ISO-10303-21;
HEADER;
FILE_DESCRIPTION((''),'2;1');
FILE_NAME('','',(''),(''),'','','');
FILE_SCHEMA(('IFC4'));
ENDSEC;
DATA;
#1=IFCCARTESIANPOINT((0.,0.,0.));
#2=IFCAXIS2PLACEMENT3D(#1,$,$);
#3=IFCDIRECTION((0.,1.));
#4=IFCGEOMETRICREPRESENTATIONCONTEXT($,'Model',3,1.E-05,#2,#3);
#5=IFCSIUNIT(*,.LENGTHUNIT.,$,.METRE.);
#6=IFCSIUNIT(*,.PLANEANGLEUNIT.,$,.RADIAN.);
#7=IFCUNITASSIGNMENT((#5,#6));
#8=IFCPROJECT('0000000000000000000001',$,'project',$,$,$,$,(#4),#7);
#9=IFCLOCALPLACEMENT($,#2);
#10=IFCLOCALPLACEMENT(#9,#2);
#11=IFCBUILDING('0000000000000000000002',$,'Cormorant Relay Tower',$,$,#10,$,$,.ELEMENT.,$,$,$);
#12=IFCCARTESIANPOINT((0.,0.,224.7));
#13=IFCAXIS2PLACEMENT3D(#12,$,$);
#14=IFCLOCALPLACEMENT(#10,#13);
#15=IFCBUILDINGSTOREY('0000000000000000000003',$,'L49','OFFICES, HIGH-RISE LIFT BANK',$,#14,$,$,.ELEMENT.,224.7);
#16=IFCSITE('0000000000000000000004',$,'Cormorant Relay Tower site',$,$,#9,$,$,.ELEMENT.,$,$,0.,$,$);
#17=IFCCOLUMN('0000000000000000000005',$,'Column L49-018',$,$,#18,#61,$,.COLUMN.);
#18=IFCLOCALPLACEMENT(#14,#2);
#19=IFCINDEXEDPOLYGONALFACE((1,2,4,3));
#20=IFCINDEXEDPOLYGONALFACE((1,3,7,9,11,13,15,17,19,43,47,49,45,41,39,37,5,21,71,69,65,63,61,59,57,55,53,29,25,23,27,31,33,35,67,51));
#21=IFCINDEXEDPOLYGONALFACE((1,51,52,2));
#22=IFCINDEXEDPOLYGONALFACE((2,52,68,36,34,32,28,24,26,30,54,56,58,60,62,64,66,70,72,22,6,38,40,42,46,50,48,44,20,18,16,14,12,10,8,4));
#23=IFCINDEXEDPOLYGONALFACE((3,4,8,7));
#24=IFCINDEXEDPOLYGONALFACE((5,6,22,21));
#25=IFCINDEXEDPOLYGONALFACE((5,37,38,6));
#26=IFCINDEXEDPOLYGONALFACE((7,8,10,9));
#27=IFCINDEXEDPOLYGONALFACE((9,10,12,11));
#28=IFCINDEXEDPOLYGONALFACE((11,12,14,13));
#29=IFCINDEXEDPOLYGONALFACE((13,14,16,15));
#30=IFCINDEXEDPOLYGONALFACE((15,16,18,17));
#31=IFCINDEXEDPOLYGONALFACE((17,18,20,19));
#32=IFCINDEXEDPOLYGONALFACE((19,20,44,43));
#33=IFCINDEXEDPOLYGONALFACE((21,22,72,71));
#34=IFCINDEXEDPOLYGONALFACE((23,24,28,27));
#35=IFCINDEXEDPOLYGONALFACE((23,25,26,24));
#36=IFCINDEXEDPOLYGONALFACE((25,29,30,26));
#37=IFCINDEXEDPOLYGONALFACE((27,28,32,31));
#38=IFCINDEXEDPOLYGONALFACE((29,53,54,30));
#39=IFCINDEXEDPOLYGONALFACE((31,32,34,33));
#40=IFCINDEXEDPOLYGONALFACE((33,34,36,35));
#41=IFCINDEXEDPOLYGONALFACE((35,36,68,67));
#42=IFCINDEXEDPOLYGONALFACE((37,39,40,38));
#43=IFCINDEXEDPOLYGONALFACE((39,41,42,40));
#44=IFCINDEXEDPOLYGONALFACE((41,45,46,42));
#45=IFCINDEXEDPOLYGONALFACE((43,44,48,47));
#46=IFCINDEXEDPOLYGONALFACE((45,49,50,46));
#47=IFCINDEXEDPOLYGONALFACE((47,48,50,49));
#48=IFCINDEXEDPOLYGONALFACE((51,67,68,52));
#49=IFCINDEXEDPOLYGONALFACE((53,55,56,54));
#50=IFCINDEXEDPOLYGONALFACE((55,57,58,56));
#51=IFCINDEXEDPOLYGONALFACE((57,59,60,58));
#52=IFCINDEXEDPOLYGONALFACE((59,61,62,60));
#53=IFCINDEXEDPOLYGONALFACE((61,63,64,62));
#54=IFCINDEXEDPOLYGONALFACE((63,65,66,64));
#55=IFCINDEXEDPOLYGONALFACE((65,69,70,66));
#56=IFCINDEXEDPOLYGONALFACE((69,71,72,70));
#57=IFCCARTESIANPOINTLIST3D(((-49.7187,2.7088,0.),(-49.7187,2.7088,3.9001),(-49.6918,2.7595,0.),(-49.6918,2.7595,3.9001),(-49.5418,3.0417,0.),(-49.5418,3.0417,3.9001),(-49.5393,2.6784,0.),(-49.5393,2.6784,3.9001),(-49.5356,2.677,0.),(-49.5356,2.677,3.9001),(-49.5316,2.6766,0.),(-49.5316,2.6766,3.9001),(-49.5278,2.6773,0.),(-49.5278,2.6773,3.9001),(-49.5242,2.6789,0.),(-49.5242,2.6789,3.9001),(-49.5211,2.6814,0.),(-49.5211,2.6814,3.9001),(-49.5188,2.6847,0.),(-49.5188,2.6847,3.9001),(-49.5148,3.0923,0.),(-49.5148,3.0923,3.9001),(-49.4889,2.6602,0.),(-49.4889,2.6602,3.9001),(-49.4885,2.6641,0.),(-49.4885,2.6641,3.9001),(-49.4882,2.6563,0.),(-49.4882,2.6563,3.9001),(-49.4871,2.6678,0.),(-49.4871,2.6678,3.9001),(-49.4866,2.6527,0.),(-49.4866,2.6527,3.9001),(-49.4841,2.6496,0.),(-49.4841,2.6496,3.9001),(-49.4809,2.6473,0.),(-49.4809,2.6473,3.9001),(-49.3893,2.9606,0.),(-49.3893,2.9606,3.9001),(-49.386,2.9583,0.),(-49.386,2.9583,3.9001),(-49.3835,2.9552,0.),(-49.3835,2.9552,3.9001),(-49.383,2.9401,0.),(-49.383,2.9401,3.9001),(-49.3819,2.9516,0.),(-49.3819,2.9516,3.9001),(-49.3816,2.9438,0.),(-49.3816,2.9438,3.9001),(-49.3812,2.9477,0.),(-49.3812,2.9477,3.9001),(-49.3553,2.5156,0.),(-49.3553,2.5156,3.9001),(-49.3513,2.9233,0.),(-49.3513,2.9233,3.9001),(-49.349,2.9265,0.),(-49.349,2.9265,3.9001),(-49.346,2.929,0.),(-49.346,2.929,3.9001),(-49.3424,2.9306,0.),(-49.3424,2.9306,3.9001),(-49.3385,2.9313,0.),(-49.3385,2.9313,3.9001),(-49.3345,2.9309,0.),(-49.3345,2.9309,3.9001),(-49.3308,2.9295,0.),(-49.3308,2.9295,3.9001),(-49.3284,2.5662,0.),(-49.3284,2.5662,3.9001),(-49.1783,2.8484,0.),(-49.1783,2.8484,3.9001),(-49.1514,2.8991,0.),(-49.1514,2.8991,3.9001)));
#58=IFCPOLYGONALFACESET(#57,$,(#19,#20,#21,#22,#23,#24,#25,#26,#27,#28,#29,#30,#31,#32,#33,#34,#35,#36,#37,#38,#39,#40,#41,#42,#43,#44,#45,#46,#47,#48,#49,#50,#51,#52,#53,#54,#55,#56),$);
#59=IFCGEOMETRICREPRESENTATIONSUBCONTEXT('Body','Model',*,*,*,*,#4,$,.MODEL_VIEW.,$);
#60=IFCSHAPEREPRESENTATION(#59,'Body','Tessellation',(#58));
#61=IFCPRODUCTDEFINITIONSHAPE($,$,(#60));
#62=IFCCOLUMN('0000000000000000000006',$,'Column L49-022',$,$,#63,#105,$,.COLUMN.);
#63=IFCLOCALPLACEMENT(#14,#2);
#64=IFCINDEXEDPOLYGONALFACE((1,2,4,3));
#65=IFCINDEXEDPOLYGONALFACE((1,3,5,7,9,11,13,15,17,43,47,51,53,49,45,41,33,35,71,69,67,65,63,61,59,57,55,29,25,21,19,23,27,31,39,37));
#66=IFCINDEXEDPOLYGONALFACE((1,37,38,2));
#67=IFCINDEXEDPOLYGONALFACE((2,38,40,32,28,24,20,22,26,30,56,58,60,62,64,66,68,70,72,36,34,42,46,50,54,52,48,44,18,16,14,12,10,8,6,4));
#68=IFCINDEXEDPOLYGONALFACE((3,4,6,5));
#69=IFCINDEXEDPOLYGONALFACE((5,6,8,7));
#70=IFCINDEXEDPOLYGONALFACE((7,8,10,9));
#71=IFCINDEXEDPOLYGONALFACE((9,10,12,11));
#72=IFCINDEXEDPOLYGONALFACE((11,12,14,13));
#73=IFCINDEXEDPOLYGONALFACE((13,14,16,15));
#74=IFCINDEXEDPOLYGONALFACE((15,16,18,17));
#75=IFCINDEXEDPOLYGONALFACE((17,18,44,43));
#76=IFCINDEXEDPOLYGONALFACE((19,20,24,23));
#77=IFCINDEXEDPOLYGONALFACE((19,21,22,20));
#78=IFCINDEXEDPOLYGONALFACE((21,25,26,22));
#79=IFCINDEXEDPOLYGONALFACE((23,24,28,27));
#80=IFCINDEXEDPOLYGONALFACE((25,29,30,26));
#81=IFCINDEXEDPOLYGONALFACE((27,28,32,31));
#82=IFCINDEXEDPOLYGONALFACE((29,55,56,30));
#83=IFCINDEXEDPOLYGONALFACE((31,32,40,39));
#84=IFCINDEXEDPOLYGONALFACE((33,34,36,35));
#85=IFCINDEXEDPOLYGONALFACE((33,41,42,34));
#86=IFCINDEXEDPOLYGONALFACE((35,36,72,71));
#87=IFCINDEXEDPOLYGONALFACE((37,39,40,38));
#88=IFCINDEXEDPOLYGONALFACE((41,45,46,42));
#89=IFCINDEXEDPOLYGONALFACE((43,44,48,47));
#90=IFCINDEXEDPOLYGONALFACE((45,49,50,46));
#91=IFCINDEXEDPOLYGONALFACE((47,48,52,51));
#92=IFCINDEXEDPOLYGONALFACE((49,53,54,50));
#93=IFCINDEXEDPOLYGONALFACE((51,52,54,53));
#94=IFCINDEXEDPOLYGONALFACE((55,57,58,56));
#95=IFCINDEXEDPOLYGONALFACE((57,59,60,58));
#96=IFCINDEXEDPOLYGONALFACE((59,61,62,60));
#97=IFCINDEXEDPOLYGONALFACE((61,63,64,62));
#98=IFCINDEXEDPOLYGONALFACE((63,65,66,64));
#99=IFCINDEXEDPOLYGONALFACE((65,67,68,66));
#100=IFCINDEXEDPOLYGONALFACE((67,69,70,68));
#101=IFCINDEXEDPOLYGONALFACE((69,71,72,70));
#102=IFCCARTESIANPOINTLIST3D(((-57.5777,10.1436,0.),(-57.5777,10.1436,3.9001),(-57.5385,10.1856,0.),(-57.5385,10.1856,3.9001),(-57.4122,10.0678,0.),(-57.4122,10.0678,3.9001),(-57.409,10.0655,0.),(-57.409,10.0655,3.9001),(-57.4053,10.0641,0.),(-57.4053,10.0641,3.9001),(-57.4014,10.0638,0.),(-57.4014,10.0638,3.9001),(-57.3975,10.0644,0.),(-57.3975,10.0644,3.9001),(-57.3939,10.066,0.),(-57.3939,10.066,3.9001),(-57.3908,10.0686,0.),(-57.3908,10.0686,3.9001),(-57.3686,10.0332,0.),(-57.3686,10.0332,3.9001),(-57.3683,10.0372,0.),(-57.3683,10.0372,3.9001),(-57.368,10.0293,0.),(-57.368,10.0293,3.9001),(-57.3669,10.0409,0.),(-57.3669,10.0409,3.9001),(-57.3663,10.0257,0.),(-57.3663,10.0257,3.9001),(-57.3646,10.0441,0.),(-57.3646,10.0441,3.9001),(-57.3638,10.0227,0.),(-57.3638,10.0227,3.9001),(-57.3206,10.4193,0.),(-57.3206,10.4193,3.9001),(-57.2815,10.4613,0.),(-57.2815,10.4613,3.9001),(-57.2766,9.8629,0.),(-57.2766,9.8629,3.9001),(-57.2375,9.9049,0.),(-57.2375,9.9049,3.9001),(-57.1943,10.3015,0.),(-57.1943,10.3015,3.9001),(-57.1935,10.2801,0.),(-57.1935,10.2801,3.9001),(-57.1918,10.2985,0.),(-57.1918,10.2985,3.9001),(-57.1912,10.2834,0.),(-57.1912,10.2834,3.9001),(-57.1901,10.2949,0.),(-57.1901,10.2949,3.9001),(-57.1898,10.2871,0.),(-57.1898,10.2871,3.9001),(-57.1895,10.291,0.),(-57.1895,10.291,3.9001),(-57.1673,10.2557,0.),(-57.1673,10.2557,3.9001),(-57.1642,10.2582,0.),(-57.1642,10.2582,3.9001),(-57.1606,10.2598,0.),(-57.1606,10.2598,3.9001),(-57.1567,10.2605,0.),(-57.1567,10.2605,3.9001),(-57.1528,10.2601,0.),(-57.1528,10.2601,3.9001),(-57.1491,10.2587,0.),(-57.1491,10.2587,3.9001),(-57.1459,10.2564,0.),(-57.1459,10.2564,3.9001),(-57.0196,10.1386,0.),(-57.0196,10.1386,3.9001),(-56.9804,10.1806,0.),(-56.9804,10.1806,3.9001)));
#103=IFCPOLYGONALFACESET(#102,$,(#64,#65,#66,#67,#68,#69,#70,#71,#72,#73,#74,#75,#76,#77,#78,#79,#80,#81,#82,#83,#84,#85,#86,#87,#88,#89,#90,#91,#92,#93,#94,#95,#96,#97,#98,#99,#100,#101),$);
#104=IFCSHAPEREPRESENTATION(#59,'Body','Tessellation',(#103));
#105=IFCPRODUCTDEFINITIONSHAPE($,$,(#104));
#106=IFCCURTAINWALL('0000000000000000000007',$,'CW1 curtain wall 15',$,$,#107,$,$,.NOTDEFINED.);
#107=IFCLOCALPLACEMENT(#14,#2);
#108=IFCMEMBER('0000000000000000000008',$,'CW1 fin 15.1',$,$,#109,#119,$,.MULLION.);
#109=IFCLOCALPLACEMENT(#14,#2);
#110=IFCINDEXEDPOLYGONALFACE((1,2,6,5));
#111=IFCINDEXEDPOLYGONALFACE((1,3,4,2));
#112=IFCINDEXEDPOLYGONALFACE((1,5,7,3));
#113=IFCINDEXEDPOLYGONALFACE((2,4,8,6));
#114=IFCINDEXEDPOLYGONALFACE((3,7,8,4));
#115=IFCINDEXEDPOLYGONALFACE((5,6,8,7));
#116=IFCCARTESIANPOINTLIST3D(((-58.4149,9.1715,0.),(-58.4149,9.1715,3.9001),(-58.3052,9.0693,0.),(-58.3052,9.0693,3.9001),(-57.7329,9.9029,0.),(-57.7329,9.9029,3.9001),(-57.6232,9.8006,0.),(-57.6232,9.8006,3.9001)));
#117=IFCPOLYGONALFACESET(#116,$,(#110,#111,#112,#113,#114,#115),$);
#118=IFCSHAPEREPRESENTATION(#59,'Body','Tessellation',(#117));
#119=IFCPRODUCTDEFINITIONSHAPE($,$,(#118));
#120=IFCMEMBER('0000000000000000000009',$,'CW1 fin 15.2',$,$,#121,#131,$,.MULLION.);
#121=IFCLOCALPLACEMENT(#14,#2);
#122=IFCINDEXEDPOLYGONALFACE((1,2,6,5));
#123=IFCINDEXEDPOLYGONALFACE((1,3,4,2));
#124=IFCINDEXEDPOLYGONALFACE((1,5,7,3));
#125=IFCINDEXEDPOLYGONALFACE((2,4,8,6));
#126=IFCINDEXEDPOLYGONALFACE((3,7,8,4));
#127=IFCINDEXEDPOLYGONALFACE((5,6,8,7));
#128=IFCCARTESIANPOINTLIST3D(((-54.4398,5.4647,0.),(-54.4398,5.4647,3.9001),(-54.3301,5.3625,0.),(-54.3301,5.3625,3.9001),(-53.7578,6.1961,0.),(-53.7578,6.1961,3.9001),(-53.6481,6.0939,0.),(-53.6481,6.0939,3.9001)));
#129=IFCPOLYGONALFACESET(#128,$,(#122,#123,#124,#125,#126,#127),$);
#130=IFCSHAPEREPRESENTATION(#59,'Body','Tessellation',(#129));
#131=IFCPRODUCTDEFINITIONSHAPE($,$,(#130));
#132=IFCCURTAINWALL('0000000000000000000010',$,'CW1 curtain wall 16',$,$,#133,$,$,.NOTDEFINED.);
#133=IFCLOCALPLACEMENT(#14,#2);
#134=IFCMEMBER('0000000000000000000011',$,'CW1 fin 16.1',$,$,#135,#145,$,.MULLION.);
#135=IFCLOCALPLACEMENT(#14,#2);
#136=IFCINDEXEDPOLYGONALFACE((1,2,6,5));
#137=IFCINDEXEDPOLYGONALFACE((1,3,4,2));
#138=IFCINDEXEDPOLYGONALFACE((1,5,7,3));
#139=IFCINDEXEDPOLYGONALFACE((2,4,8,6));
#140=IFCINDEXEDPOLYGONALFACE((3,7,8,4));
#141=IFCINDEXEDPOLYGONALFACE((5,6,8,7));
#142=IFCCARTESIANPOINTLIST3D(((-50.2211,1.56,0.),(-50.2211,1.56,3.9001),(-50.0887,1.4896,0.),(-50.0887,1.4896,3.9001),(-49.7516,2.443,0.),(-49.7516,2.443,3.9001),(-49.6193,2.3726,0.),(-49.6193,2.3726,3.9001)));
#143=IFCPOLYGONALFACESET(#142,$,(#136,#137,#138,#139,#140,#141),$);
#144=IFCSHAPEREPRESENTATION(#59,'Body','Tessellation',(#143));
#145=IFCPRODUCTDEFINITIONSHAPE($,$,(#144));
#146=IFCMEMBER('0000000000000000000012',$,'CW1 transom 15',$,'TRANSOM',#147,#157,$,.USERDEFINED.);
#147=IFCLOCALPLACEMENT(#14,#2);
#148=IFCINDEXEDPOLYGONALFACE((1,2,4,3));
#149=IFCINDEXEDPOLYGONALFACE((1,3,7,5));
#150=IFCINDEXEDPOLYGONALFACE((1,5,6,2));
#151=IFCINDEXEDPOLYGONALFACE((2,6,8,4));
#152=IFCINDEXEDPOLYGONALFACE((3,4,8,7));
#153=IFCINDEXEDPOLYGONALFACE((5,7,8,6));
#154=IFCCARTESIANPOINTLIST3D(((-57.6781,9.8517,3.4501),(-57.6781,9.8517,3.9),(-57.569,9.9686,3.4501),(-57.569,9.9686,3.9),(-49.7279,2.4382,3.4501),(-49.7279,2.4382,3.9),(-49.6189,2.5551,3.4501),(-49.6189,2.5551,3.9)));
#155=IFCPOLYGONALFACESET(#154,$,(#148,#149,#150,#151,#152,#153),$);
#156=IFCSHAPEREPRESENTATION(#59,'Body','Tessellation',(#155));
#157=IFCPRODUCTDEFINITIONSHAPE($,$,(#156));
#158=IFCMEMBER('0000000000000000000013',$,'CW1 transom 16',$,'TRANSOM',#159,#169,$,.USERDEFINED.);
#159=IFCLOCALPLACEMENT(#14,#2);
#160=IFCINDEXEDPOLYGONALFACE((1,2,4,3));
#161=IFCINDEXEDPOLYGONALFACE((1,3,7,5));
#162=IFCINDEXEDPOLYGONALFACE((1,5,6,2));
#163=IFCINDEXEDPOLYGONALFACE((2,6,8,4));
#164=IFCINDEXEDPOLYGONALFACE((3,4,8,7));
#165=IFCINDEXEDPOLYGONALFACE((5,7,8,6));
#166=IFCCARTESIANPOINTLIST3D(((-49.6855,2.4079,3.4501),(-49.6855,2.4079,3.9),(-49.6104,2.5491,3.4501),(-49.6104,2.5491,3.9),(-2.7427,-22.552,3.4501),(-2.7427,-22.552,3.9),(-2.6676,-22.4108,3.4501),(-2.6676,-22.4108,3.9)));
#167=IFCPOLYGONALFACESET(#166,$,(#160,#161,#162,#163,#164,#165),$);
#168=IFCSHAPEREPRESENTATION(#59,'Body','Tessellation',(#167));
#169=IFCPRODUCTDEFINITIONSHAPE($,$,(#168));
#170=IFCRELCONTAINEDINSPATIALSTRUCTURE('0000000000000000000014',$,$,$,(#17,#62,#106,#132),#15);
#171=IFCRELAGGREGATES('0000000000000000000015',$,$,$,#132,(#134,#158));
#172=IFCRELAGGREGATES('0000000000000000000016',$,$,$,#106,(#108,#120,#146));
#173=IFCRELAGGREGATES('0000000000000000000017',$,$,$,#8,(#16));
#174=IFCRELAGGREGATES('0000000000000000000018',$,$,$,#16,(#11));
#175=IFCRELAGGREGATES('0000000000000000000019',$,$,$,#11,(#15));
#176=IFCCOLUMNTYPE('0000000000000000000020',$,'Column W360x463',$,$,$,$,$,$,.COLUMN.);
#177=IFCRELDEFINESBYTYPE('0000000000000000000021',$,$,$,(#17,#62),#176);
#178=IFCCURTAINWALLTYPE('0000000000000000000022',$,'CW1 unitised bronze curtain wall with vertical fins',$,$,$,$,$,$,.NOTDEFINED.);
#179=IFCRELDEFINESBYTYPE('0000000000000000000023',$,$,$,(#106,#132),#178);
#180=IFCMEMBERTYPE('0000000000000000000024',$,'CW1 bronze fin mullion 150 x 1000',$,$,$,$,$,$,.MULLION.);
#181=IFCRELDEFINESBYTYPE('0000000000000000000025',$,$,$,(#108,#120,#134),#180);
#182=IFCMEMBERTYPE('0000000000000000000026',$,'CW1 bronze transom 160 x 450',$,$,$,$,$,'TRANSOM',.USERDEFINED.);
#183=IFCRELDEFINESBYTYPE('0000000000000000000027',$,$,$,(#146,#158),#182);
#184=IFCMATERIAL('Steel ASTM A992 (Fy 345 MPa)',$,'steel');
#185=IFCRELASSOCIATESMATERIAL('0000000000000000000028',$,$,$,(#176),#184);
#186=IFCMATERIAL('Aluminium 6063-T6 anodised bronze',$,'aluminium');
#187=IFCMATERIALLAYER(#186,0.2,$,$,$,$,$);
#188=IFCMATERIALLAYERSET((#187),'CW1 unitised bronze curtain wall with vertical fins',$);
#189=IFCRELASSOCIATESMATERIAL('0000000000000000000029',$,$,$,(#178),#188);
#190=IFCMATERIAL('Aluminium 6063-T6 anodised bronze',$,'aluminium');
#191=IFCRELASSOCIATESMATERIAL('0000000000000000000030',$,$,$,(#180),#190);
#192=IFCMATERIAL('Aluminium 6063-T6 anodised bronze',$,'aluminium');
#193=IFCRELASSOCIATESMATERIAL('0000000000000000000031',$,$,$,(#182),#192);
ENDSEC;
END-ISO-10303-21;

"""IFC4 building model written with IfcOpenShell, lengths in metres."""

from ifc_helpers import new_model, si_unit, direction, frame, origin, origin_2d, place, context, subcontext, project, spatial, rectangle, i_section, extrude, material, layer, layer_set, material_profile, profile_set, type_object, element, aggregate, save


model = new_model("IFC4")

# Units and contexts
model_context = context("Model", 3, precision=1e-05, world=origin(), true_north=direction((0.0, 1.0)))
body_context = subcontext(model_context, "Body", "Model", "MODEL_VIEW")
ifc_project = project(units=[si_unit("LENGTHUNIT", "METRE"), si_unit("PLANEANGLEUNIT", "RADIAN")], contexts=[model_context])

# Site, building, storey
site_placement = place(None, origin())
site = spatial("IfcSite", under=ifc_project, at=site_placement, Name="Cormorant Relay Tower site", CompositionType="ELEMENT", RefElevation=0.0)
building_placement = place(site_placement, origin())
building = spatial("IfcBuilding", under=site, at=building_placement, Name="Cormorant Relay Tower", CompositionType="ELEMENT")
storey_placement = place(building_placement, frame((0.0, 0.0, 224.7)))
storey = spatial("IfcBuildingStorey", under=building, at=storey_placement, Name="L49", Description="OFFICES, HIGH-RISE LIFT BANK", CompositionType="ELEMENT", Elevation=224.7)

# Columns
ifc_material_1 = material(Name="Steel ASTM A992 (Fy 345 MPa)", Category="steel")
ifc_material_profile_1 = material_profile(ifc_material_1, i_section(OverallWidth=0.4116, OverallDepth=0.4343, WebThickness=0.0359, FlangeThickness=0.0574, FilletRadius=0.0151, at=origin_2d()), Name="W360x463")
ifc_profile_set_1 = profile_set([ifc_material_profile_1], Name="Steel ASTM A992 (Fy 345 MPa)")
column_type = type_object("IfcColumnType", Name="Column W360x463", PredefinedType="COLUMN", material=ifc_profile_set_1)
for number, where, z_axis, x_axis, name in (
    (1, (-49.4351, 2.804, 0.0), (0.0, 0.0, 1.0), (0.882948, -0.469472, 0.0), "Column L49-018"),
    (2, (-57.2791, 10.1621, 0.0), (0.0, 0.0, 1.0), (0.731354, -0.681998, 0.0), "Column L49-022"),
):
    element("IfcColumn", number, at=place(storey_placement, frame(where, z_axis=z_axis, x_axis=x_axis)), inside=storey, type_object=column_type, Name=name, PredefinedType="COLUMN", context=body_context, shape_type="SweptSolid", body=[
        extrude(i_section(OverallWidth=0.4116, OverallDepth=0.4343, WebThickness=0.0359, FlangeThickness=0.0574, FilletRadius=0.0151, at=origin_2d()), origin(), (0.0, 0.0, 1.0), 3.9001),
    ])

# Curtain wall, members
ifc_material_2 = material(Name="Aluminium 6063-T6 anodised bronze", Category="aluminium")
ifc_layer_1 = layer(ifc_material_2, 0.2)
ifc_layer_set_1 = layer_set([ifc_layer_1], Name="CW1 unitised bronze curtain wall with vertical fins")
curtain_wall_type = type_object("IfcCurtainWallType", Name="CW1 unitised bronze curtain wall with vertical fins", PredefinedType="NOTDEFINED", material=ifc_layer_set_1)
curtain_wall_1_placement = place(storey_placement, origin())
curtain_wall_1 = element("IfcCurtainWall", 3, at=curtain_wall_1_placement, inside=storey, type_object=curtain_wall_type, Name="CW1 curtain wall 15", PredefinedType="NOTDEFINED")
ifc_material_3 = material(Name="Aluminium 6063-T6 anodised bronze", Category="aluminium")
ifc_material_profile_2 = material_profile(ifc_material_3, rectangle(XDim=0.1499, YDim=1.0, at=origin_2d()), Name="AL 150x1000")
ifc_profile_set_2 = profile_set([ifc_material_profile_2], Name="Aluminium 6063-T6 anodised bronze")
member_type_1 = type_object("IfcMemberType", Name="CW1 bronze fin mullion 150 x 1000", PredefinedType="MULLION", material=ifc_profile_set_2)
member_1_placement = place(storey_placement, frame((-58.019, 9.4861, 0.0), z_axis=(0.0, 0.0, 1.0), x_axis=(0.731354, -0.681998, 0.0)))
member_1 = element("IfcMember", 4, at=member_1_placement, type_object=member_type_1, Name="CW1 fin 15.1", PredefinedType="MULLION", context=body_context, shape_type="SweptSolid", body=[
    extrude(rectangle(XDim=0.1499, YDim=1.0, at=origin_2d()), origin(), (0.0, 0.0, 1.0), 3.9001),
])
member_2_placement = place(storey_placement, frame((-54.0439, 5.7793, 0.0), z_axis=(0.0, 0.0, 1.0), x_axis=(0.731354, -0.681998, 0.0)))
member_2 = element("IfcMember", 5, at=member_2_placement, type_object=member_type_1, Name="CW1 fin 15.2", PredefinedType="MULLION", context=body_context, shape_type="SweptSolid", body=[
    extrude(rectangle(XDim=0.1499, YDim=1.0, at=origin_2d()), origin(), (0.0, 0.0, 1.0), 3.9001),
])

# Curtain wall, member
curtain_wall_2_placement = place(storey_placement, origin())
curtain_wall_2 = element("IfcCurtainWall", 6, at=curtain_wall_2_placement, inside=storey, type_object=curtain_wall_type, Name="CW1 curtain wall 16", PredefinedType="NOTDEFINED")
member_3_placement = place(storey_placement, frame((-49.9202, 1.9663, 0.0), z_axis=(0.0, 0.0, 1.0), x_axis=(0.882948, -0.469472, 0.0)))
member_3 = element("IfcMember", 7, at=member_3_placement, type_object=member_type_1, Name="CW1 fin 16.1", PredefinedType="MULLION", context=body_context, shape_type="SweptSolid", body=[
    extrude(rectangle(XDim=0.1499, YDim=1.0, at=origin_2d()), origin(), (0.0, 0.0, 1.0), 3.9001),
])

# Members
ifc_material_4 = material(Name="Aluminium 6063-T6 anodised bronze", Category="aluminium")
ifc_material_profile_3 = material_profile(ifc_material_4, rectangle(XDim=0.1599, YDim=0.45, at=origin_2d()), Name="AL 160x450")
ifc_profile_set_3 = profile_set([ifc_material_profile_3], Name="Aluminium 6063-T6 anodised bronze")
member_type_2 = type_object("IfcMemberType", Name="CW1 bronze transom 160 x 450", ElementType="TRANSOM", PredefinedType="USERDEFINED", material=ifc_profile_set_3)
member_4_placement = place(storey_placement, frame((-57.6235, 9.9102, 3.675), z_axis=(0.731358, -0.681993, 0.0), x_axis=(0.681993, 0.731358, 0.0)))
member_4 = element("IfcMember", 8, at=member_4_placement, type_object=member_type_2, Name="CW1 transom 15", ObjectType="TRANSOM", PredefinedType="USERDEFINED", context=body_context, shape_type="SweptSolid", body=[
    extrude(rectangle(XDim=0.1599, YDim=0.45, at=origin_2d()), origin(), (0.0, 0.0, 1.0), 10.8704),
])
member_5_placement = place(storey_placement, frame((-49.6479, 2.4785, 3.675), z_axis=(0.882948, -0.469471, 0.0), x_axis=(0.469471, 0.882948, 0.0)))
member_5 = element("IfcMember", 9, at=member_5_placement, type_object=member_type_2, Name="CW1 transom 16", ObjectType="TRANSOM", PredefinedType="USERDEFINED", context=body_context, shape_type="SweptSolid", body=[
    extrude(rectangle(XDim=0.1599, YDim=0.45, at=origin_2d()), origin(), (0.0, 0.0, 1.0), 53.166),
])
aggregate(curtain_wall_2, [member_3, member_5])

aggregate(curtain_wall_1, [member_1, member_2, member_4])

save(model, "model.ifc")
